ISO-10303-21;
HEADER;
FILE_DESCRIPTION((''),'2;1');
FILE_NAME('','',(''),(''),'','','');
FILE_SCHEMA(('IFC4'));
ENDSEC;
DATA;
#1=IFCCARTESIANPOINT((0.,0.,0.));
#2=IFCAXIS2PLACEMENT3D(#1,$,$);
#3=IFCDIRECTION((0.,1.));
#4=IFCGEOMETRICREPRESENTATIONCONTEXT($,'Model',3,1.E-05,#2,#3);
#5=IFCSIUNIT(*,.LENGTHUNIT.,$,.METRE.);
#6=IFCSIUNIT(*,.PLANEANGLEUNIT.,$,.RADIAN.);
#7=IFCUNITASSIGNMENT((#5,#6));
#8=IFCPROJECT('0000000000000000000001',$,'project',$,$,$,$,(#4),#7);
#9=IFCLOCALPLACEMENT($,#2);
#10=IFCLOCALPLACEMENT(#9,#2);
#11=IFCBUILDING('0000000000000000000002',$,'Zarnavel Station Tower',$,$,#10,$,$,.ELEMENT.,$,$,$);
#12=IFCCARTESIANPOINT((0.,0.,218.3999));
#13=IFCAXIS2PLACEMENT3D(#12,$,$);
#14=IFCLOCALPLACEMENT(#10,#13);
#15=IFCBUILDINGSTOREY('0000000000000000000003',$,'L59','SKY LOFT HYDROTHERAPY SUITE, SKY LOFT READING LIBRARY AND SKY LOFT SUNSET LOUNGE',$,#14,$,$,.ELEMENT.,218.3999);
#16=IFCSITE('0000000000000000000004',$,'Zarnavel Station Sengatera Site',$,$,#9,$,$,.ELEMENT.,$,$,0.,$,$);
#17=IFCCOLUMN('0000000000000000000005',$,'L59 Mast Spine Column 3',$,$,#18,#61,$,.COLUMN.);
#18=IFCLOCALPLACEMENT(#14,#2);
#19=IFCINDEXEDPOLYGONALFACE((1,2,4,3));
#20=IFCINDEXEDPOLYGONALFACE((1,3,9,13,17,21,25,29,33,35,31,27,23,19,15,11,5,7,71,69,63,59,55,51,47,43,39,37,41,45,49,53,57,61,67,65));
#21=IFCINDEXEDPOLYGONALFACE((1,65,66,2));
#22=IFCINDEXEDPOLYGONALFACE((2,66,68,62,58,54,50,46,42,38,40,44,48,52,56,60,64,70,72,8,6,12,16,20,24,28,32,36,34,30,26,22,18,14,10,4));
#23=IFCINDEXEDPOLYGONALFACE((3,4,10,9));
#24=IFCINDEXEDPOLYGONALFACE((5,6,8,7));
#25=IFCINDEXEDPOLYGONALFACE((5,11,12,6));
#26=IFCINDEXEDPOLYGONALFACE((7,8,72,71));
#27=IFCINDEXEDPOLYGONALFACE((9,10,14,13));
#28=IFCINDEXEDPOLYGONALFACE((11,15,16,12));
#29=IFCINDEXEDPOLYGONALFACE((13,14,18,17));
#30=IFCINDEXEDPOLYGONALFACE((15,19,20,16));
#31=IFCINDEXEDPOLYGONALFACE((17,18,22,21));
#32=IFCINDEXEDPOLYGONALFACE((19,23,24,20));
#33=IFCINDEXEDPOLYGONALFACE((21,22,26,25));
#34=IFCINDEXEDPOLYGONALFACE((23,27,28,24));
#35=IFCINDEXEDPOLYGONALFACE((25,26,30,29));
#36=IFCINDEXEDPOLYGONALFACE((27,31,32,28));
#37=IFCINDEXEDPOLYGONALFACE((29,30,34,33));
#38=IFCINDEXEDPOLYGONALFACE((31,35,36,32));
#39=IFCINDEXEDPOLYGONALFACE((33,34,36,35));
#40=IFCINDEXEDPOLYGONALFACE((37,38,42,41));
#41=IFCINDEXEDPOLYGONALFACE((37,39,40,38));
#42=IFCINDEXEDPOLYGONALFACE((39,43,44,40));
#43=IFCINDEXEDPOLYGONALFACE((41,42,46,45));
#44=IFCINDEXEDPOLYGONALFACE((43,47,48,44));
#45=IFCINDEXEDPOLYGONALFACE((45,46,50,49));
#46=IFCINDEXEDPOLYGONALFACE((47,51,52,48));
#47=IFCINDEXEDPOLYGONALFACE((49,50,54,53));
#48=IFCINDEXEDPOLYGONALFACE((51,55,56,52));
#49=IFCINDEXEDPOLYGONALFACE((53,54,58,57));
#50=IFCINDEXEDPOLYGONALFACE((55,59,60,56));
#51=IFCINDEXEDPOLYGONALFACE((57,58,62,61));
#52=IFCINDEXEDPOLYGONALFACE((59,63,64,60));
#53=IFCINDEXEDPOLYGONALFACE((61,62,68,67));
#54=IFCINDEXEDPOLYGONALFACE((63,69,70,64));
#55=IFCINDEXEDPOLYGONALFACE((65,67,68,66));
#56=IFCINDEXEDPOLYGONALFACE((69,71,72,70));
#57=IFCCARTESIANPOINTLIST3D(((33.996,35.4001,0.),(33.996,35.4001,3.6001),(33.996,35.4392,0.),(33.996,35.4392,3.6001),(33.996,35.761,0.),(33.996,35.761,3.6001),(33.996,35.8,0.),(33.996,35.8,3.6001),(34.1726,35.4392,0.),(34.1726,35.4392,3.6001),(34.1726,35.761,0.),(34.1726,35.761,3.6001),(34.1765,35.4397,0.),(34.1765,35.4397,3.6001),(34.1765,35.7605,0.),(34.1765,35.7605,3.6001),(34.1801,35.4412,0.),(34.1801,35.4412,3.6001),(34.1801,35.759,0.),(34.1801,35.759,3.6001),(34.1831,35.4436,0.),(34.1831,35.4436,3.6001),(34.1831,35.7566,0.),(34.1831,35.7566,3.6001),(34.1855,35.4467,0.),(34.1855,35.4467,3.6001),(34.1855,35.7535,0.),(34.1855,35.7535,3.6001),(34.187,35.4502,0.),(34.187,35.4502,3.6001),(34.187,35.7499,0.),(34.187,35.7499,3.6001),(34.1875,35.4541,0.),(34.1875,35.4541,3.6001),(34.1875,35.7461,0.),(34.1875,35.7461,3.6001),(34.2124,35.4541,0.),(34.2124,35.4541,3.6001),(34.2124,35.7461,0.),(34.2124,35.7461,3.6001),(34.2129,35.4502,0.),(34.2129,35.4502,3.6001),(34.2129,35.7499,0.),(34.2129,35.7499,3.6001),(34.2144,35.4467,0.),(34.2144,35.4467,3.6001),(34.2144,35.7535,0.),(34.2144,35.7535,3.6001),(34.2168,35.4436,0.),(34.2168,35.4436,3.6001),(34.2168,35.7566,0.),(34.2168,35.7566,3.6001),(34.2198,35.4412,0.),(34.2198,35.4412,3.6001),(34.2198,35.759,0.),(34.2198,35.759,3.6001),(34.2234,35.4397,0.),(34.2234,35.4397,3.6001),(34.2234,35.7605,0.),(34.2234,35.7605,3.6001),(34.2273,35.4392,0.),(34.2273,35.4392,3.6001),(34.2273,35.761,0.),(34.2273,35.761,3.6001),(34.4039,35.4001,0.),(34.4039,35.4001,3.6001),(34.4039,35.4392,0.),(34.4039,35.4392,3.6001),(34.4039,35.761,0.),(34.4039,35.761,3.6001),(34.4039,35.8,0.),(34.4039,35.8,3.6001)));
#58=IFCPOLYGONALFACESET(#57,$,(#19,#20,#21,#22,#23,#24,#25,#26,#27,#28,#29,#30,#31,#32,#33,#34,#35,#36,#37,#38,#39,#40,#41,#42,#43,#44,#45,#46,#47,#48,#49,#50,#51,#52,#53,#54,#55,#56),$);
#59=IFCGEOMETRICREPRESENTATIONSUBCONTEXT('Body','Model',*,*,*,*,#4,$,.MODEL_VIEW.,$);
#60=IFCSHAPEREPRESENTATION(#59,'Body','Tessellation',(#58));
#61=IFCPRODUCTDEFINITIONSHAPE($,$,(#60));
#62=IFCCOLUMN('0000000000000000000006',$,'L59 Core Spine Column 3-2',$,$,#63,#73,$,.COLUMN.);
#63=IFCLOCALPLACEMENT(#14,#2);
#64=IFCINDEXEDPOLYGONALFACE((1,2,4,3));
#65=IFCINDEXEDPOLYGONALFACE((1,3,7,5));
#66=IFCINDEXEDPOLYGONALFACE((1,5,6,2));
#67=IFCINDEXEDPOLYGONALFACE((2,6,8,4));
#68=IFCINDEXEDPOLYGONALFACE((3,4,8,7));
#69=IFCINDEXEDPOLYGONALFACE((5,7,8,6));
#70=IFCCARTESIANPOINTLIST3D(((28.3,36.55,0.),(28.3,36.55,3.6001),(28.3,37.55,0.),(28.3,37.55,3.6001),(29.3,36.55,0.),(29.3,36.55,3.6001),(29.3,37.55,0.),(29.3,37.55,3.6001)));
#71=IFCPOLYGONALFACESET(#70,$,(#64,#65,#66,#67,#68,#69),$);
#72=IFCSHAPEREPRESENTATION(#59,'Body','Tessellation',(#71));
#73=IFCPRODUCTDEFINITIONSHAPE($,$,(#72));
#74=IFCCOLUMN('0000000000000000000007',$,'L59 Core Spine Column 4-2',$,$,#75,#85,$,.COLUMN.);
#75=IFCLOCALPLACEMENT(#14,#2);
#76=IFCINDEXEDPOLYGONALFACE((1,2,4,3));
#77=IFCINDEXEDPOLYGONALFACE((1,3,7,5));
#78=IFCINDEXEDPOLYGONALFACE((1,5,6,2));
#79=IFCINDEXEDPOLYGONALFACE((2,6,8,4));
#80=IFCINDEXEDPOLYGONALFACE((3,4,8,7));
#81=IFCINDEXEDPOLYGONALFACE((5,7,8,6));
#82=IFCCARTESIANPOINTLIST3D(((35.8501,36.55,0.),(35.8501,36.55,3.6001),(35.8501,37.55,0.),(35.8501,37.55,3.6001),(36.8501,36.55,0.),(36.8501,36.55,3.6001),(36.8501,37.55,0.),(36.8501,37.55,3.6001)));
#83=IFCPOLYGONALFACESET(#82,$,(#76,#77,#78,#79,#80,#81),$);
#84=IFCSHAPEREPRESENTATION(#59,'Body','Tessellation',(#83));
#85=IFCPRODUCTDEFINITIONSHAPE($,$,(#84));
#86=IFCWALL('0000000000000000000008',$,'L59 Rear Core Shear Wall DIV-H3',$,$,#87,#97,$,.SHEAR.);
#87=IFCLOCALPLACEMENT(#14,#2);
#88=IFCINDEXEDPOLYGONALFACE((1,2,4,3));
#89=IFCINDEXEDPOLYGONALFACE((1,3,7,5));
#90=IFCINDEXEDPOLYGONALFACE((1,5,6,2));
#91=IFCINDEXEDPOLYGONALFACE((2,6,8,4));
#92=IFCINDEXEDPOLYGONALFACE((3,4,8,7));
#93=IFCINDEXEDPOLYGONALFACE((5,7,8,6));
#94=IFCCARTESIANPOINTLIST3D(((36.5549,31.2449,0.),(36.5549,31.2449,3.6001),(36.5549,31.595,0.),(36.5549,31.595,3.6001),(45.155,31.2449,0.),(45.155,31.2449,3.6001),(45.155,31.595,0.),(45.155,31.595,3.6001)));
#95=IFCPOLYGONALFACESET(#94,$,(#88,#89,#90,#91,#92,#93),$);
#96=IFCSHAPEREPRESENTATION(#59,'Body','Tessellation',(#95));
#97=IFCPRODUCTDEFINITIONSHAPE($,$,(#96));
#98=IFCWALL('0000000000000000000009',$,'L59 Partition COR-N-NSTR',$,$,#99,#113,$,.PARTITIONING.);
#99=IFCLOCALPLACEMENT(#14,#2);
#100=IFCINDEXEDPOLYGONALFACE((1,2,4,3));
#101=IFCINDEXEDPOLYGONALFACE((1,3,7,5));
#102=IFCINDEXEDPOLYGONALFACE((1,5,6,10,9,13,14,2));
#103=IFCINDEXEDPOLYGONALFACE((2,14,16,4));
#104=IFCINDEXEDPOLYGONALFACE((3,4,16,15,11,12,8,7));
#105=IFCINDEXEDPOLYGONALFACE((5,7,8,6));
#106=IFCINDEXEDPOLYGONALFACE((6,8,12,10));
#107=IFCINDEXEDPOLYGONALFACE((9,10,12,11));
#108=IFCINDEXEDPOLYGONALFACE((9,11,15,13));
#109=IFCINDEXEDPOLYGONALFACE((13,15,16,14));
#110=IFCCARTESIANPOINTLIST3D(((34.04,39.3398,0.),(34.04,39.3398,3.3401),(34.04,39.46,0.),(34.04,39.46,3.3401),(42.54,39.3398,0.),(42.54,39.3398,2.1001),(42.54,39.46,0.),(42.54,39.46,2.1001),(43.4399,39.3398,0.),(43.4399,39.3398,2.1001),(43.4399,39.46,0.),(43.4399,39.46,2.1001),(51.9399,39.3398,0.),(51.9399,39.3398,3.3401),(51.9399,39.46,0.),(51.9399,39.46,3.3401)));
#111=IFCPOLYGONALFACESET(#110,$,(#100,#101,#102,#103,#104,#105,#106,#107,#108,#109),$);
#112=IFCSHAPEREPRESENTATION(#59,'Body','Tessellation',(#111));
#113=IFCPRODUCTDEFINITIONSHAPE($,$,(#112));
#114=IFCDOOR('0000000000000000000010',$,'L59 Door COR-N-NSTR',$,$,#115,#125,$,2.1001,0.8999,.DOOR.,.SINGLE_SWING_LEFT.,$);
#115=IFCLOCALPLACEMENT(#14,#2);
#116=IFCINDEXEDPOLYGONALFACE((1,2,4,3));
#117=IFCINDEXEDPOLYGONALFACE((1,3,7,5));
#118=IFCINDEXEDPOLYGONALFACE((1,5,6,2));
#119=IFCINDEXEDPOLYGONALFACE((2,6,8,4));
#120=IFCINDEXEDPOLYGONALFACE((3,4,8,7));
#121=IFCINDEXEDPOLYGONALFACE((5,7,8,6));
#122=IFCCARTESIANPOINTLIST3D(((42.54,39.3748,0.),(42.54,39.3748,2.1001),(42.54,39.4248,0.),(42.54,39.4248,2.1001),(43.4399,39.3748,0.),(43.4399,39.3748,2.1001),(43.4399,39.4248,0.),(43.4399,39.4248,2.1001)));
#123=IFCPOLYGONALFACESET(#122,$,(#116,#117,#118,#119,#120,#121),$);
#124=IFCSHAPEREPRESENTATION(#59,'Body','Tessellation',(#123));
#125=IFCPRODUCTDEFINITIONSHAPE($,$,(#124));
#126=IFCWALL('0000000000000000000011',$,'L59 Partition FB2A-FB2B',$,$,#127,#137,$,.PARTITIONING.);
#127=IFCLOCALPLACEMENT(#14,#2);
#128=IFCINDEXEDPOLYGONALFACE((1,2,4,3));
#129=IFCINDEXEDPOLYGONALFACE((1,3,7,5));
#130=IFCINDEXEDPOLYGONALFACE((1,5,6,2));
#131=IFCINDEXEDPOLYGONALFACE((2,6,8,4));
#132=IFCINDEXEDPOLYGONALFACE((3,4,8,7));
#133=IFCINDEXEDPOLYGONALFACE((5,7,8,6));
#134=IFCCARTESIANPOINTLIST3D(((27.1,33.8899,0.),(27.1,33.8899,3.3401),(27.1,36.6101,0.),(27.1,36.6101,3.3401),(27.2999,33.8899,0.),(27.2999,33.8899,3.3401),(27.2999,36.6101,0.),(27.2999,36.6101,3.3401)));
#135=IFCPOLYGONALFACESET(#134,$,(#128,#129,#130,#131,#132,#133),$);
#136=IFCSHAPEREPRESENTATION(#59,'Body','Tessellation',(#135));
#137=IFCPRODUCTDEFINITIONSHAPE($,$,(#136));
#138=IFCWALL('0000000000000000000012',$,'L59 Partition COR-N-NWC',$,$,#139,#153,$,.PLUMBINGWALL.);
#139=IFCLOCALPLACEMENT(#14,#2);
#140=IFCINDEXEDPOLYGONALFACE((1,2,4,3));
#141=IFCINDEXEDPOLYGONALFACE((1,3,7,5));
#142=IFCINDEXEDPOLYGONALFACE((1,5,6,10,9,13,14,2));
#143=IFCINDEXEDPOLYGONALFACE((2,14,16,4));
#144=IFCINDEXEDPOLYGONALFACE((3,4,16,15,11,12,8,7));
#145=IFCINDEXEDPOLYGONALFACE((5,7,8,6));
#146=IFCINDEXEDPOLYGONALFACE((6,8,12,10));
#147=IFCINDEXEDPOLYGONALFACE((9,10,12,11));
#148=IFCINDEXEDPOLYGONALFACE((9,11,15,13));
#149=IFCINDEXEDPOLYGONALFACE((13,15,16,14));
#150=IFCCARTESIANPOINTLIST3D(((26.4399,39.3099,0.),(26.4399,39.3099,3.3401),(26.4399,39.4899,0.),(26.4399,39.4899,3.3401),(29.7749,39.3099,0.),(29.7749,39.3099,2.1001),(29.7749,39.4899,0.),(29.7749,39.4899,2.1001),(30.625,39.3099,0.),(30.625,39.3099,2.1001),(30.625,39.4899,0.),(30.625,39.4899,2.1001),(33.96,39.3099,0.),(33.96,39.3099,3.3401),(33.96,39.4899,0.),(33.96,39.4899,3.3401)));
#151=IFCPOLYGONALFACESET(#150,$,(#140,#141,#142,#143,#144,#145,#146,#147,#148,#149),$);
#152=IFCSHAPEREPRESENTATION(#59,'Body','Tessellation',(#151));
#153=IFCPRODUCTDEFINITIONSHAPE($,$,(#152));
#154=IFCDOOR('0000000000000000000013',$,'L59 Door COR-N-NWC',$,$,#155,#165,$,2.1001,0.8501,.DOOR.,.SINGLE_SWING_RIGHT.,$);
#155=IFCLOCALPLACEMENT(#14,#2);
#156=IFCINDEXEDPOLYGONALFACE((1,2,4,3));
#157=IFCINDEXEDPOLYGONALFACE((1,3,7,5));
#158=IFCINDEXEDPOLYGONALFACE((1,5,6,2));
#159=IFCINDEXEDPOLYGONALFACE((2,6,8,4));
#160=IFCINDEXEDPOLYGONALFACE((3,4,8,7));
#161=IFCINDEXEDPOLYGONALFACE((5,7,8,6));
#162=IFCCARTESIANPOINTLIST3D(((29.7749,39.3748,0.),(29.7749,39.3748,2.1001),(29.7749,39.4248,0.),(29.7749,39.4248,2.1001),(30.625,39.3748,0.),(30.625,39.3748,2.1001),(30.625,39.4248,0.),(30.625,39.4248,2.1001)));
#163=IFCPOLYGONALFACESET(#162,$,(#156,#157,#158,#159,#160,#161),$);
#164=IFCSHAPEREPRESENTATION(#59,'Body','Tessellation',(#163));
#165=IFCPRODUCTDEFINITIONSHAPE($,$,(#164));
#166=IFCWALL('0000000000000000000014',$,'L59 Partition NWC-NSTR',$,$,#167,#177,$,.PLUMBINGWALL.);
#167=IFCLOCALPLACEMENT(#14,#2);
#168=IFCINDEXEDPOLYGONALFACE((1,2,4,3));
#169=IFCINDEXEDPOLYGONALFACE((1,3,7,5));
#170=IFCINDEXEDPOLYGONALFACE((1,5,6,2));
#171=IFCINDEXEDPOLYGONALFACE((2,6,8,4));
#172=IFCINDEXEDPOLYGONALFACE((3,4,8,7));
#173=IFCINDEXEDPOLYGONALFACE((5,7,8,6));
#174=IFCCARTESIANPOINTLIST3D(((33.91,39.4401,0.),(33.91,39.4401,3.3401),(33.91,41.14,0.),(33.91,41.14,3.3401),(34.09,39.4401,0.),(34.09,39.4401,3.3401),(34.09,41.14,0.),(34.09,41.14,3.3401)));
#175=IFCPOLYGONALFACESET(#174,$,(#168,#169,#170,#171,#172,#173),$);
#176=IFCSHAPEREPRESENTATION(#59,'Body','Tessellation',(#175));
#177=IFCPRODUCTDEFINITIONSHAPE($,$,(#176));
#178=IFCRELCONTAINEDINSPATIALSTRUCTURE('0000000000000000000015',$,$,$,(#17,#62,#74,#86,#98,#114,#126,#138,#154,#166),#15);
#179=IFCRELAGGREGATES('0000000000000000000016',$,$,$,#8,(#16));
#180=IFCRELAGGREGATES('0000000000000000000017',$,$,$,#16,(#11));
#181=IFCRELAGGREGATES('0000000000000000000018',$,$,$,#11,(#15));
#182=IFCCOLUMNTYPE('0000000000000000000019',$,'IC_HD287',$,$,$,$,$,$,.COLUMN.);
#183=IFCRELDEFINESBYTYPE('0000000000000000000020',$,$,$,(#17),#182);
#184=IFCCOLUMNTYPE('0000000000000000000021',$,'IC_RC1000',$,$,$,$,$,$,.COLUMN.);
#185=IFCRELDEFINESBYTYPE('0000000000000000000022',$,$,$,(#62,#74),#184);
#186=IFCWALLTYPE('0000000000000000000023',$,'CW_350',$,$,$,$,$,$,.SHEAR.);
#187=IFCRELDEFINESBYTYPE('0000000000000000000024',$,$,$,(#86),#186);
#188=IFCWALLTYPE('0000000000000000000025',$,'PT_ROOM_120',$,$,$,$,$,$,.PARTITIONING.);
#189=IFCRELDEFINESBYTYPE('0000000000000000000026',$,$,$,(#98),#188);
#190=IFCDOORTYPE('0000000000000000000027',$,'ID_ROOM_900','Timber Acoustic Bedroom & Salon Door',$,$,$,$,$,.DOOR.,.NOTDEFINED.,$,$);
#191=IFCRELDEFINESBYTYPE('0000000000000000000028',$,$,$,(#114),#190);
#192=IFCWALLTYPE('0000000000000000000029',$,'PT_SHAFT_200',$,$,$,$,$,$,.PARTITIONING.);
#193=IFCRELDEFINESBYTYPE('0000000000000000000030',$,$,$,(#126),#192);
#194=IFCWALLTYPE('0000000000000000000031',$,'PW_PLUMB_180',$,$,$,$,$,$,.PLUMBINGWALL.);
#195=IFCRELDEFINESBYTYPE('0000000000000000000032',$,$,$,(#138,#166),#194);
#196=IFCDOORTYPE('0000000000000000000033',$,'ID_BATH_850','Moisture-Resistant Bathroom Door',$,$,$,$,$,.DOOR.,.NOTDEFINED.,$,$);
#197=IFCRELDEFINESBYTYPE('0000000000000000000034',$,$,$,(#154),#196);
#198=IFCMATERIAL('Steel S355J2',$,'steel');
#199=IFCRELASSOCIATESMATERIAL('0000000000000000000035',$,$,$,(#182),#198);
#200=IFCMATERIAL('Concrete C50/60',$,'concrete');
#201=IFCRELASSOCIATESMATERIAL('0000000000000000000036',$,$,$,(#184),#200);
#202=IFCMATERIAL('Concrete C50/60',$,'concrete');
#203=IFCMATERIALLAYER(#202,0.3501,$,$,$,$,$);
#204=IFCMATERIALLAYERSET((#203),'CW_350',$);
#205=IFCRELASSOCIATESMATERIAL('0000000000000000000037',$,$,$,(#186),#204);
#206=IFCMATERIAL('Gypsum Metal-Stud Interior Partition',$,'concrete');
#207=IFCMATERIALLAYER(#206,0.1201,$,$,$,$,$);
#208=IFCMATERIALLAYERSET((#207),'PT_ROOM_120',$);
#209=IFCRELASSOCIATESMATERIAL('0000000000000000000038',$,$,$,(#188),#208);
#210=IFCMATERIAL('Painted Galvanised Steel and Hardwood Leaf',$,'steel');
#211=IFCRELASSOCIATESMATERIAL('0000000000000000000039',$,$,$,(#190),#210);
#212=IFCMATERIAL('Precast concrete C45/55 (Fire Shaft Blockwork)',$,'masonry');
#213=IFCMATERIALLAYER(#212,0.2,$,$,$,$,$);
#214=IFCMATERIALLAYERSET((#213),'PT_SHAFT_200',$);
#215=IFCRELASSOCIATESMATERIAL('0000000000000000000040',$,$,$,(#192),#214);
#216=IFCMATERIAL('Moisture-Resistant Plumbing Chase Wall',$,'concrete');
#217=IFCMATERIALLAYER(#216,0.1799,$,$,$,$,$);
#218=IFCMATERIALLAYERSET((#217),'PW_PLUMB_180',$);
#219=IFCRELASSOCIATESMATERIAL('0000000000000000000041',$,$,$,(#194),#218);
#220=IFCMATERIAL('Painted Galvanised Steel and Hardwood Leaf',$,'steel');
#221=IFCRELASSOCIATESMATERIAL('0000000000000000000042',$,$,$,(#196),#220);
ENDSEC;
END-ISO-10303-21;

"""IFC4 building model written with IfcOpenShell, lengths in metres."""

from ifc_helpers import new_model, si_unit, direction, frame, frame_2d, origin, origin_2d, place, context, subcontext, project, spatial, rectangle, i_section, extrude, material, layer, layer_set, material_profile, profile_set, type_object, element, fill, save


model = new_model("IFC4")

# Units and contexts
model_context = context("Model", 3, precision=1e-05, world=origin(), true_north=direction((0.0, 1.0)))
body_context = subcontext(model_context, "Body", "Model", "MODEL_VIEW")
ifc_project = project(units=[si_unit("LENGTHUNIT", "METRE"), si_unit("PLANEANGLEUNIT", "RADIAN")], contexts=[model_context])

# Site, building, storey
site_placement = place(None, origin())
site = spatial("IfcSite", under=ifc_project, at=site_placement, Name="Zarnavel Station Sengatera Site", CompositionType="ELEMENT", RefElevation=0.0)
building_placement = place(site_placement, origin())
building = spatial("IfcBuilding", under=site, at=building_placement, Name="Zarnavel Station Tower", CompositionType="ELEMENT")
storey_placement = place(building_placement, frame((0.0, 0.0, 218.3999)))
storey = spatial("IfcBuildingStorey", under=building, at=storey_placement, Name="L59", Description="SKY LOFT HYDROTHERAPY SUITE, SKY LOFT READING LIBRARY AND SKY LOFT SUNSET LOUNGE", CompositionType="ELEMENT", Elevation=218.3999)

# Columns
ifc_material_1 = material(Name="Steel S355J2", Category="steel")
ifc_material_profile_1 = material_profile(ifc_material_1, i_section(OverallWidth=0.408, OverallDepth=0.3999, WebThickness=0.0249, FlangeThickness=0.0391, FilletRadius=0.0149, at=origin_2d()), Name="HD400x287")
ifc_profile_set_1 = profile_set([ifc_material_profile_1], Name="Steel S355J2")
column_type_1 = type_object("IfcColumnType", Name="IC_HD287", PredefinedType="COLUMN", material=ifc_profile_set_1)
column_placement = place(storey_placement, frame((34.2, 35.6001, 0.0), z_axis=(0.0, 0.0, 1.0), x_axis=(1.0, 0.0, 0.0)))
element("IfcColumn", 1, at=column_placement, inside=storey, type_object=column_type_1, Name="L59 Mast Spine Column 3", PredefinedType="COLUMN", context=body_context, shape_type="SweptSolid", body=[
    extrude(i_section(OverallWidth=0.408, OverallDepth=0.3999, WebThickness=0.0249, FlangeThickness=0.0391, FilletRadius=0.0149, at=origin_2d()), origin(), (0.0, 0.0, 1.0), 3.6001),
])
ifc_material_2 = material(Name="Concrete C50/60", Category="concrete")
ifc_material_profile_2 = material_profile(ifc_material_2, rectangle(XDim=1.0, YDim=1.0, at=origin_2d()), Name="RC1000x1000")
ifc_profile_set_2 = profile_set([ifc_material_profile_2], Name="Concrete C50/60")
column_type_2 = type_object("IfcColumnType", Name="IC_RC1000", PredefinedType="COLUMN", material=ifc_profile_set_2)
for number, where, z_axis, x_axis, name in (
    (2, (28.8, 37.05, 0.0), (0.0, 0.0, 1.0), (1.0, 0.0, 0.0), "L59 Core Spine Column 3-2"),
    (3, (36.3501, 37.05, 0.0), (0.0, 0.0, 1.0), (1.0, 0.0, 0.0), "L59 Core Spine Column 4-2"),
):
    element("IfcColumn", number, at=place(storey_placement, frame(where, z_axis=z_axis, x_axis=x_axis)), inside=storey, type_object=column_type_2, Name=name, PredefinedType="COLUMN", context=body_context, shape_type="SweptSolid", body=[
        extrude(rectangle(XDim=1.0, YDim=1.0, at=origin_2d()), origin(), (0.0, 0.0, 1.0), 3.6001),
    ])

# Wall
ifc_material_3 = material(Name="Concrete C50/60", Category="concrete")
ifc_layer_1 = layer(ifc_material_3, 0.3501)
ifc_layer_set_1 = layer_set([ifc_layer_1], Name="CW_350")
wall_type_1 = type_object("IfcWallType", Name="CW_350", PredefinedType="SHEAR", material=ifc_layer_set_1)
wall_1_placement = place(storey_placement, frame((36.5549, 31.4199, 0.0), z_axis=(0.0, 0.0, 1.0), x_axis=(1.0, 0.0, 0.0)))
element("IfcWall", 4, at=wall_1_placement, inside=storey, type_object=wall_type_1, Name="L59 Rear Core Shear Wall DIV-H3", PredefinedType="SHEAR", context=body_context, shape_type="SweptSolid", body=[
    extrude(rectangle(XDim=8.6001, YDim=0.3501, at=frame_2d((4.3, 0.0))), origin(), (0.0, 0.0, 1.0), 3.6001),
])

# Wall, opening, door
ifc_material_4 = material(Name="Gypsum Metal-Stud Interior Partition", Category="concrete")
ifc_layer_2 = layer(ifc_material_4, 0.1201)
ifc_layer_set_2 = layer_set([ifc_layer_2], Name="PT_ROOM_120")
wall_type_2 = type_object("IfcWallType", Name="PT_ROOM_120", PredefinedType="PARTITIONING", material=ifc_layer_set_2)
wall_2_placement = place(storey_placement, frame((34.04, 39.3999, 0.0), z_axis=(0.0, 0.0, 1.0), x_axis=(1.0, 0.0, 0.0)))
wall_2 = element("IfcWall", 5, at=wall_2_placement, inside=storey, type_object=wall_type_2, Name="L59 Partition COR-N-NSTR", PredefinedType="PARTITIONING", context=body_context, shape_type="SweptSolid", body=[
    extrude(rectangle(XDim=17.8999, YDim=0.1201, at=frame_2d((8.95, 0.0))), origin(), (0.0, 0.0, 1.0), 3.3401),
])
opening_1_placement = place(wall_2_placement, frame((8.5, 0.0, 0.0)))
opening_1 = element("IfcOpeningElement", 6, at=opening_1_placement, cuts=wall_2, PredefinedType="OPENING", context=body_context, shape_type="SweptSolid", body=[
    extrude(rectangle(XDim=0.8999, YDim=2.1001, at=frame_2d((0.45, 1.05))), frame((0.0, 0.0701, 0.0), z_axis=(0.0, -1.0, 0.0), x_axis=(1.0, 0.0, 0.0)), (0.0, 0.0, 1.0), 0.1401),
])
ifc_material_5 = material(Name="Painted Galvanised Steel and Hardwood Leaf", Category="steel")
door_type_1 = type_object("IfcDoorType", Name="ID_ROOM_900", Description="Timber Acoustic Bedroom & Salon Door", OperationType="NOTDEFINED", PredefinedType="DOOR", material=ifc_material_5)
door_1_placement = place(opening_1_placement, origin())
door_1 = element("IfcDoor", 7, at=door_1_placement, inside=storey, type_object=door_type_1, Name="L59 Door COR-N-NSTR", OperationType="SINGLE_SWING_LEFT", OverallHeight=2.1001, OverallWidth=0.8999, PredefinedType="DOOR", context=body_context, shape_type="SweptSolid", body=[
    extrude(rectangle(XDim=0.8999, YDim=2.1001, at=frame_2d((0.45, 1.05))), frame((0.0, 0.0249, 0.0), z_axis=(0.0, -1.0, 0.0), x_axis=(1.0, 0.0, 0.0)), (0.0, 0.0, 1.0), 0.05),
])
fill(opening_1, door_1)
ifc_material_6 = material(Name="Precast concrete C45/55 (Fire Shaft Blockwork)", Category="masonry")
ifc_layer_3 = layer(ifc_material_6, 0.2)
ifc_layer_set_3 = layer_set([ifc_layer_3], Name="PT_SHAFT_200")
wall_type_3 = type_object("IfcWallType", Name="PT_SHAFT_200", PredefinedType="PARTITIONING", material=ifc_layer_set_3)

# Wall
wall_3_placement = place(storey_placement, frame((27.2, 33.8899, 0.0), z_axis=(0.0, 0.0, 1.0), x_axis=(0.0, 1.0, 0.0)))
element("IfcWall", 8, at=wall_3_placement, inside=storey, type_object=wall_type_3, Name="L59 Partition FB2A-FB2B", PredefinedType="PARTITIONING", context=body_context, shape_type="SweptSolid", body=[
    extrude(rectangle(XDim=2.7202, YDim=0.2, at=frame_2d((1.3601, 0.0))), origin(), (0.0, 0.0, 1.0), 3.3401),
])

# Wall, opening, door
ifc_material_7 = material(Name="Moisture-Resistant Plumbing Chase Wall", Category="concrete")
ifc_layer_4 = layer(ifc_material_7, 0.1799)
ifc_layer_set_4 = layer_set([ifc_layer_4], Name="PW_PLUMB_180")
wall_type_4 = type_object("IfcWallType", Name="PW_PLUMB_180", PredefinedType="PLUMBINGWALL", material=ifc_layer_set_4)
wall_4_placement = place(storey_placement, frame((26.4399, 39.3999, 0.0), z_axis=(0.0, 0.0, 1.0), x_axis=(1.0, 0.0, 0.0)))
wall_4 = element("IfcWall", 9, at=wall_4_placement, inside=storey, type_object=wall_type_4, Name="L59 Partition COR-N-NWC", PredefinedType="PLUMBINGWALL", context=body_context, shape_type="SweptSolid", body=[
    extrude(rectangle(XDim=7.52, YDim=0.1799, at=frame_2d((3.76, 0.0))), origin(), (0.0, 0.0, 1.0), 3.3401),
])
opening_2_placement = place(wall_4_placement, frame((3.335, 0.0, 0.0)))
opening_2 = element("IfcOpeningElement", 10, at=opening_2_placement, cuts=wall_4, PredefinedType="OPENING", context=body_context, shape_type="SweptSolid", body=[
    extrude(rectangle(XDim=0.8501, YDim=2.1001, at=frame_2d((0.425, 1.05))), frame((0.0, 0.0999, 0.0), z_axis=(0.0, -1.0, 0.0), x_axis=(1.0, 0.0, 0.0)), (0.0, 0.0, 1.0), 0.2),
])
ifc_material_8 = material(Name="Painted Galvanised Steel and Hardwood Leaf", Category="steel")
door_type_2 = type_object("IfcDoorType", Name="ID_BATH_850", Description="Moisture-Resistant Bathroom Door", OperationType="NOTDEFINED", PredefinedType="DOOR", material=ifc_material_8)
door_2_placement = place(opening_2_placement, origin())
door_2 = element("IfcDoor", 11, at=door_2_placement, inside=storey, type_object=door_type_2, Name="L59 Door COR-N-NWC", OperationType="SINGLE_SWING_RIGHT", OverallHeight=2.1001, OverallWidth=0.8501, PredefinedType="DOOR", context=body_context, shape_type="SweptSolid", body=[
    extrude(rectangle(XDim=0.8501, YDim=2.1001, at=frame_2d((0.425, 1.05))), frame((0.0, 0.0249, 0.0), z_axis=(0.0, -1.0, 0.0), x_axis=(1.0, 0.0, 0.0)), (0.0, 0.0, 1.0), 0.05),
])
fill(opening_2, door_2)

# Wall
wall_5_placement = place(storey_placement, frame((34.0, 39.4399, 0.0), z_axis=(0.0, 0.0, 1.0), x_axis=(0.0, 1.0, 0.0)))
element("IfcWall", 12, at=wall_5_placement, inside=storey, type_object=wall_type_4, Name="L59 Partition NWC-NSTR", PredefinedType="PLUMBINGWALL", context=body_context, shape_type="SweptSolid", body=[
    extrude(rectangle(XDim=1.7, YDim=0.1799, at=frame_2d((0.8501, 0.0))), origin(), (0.0, 0.0, 1.0), 3.3401),
])

save(model, "model.ifc")
